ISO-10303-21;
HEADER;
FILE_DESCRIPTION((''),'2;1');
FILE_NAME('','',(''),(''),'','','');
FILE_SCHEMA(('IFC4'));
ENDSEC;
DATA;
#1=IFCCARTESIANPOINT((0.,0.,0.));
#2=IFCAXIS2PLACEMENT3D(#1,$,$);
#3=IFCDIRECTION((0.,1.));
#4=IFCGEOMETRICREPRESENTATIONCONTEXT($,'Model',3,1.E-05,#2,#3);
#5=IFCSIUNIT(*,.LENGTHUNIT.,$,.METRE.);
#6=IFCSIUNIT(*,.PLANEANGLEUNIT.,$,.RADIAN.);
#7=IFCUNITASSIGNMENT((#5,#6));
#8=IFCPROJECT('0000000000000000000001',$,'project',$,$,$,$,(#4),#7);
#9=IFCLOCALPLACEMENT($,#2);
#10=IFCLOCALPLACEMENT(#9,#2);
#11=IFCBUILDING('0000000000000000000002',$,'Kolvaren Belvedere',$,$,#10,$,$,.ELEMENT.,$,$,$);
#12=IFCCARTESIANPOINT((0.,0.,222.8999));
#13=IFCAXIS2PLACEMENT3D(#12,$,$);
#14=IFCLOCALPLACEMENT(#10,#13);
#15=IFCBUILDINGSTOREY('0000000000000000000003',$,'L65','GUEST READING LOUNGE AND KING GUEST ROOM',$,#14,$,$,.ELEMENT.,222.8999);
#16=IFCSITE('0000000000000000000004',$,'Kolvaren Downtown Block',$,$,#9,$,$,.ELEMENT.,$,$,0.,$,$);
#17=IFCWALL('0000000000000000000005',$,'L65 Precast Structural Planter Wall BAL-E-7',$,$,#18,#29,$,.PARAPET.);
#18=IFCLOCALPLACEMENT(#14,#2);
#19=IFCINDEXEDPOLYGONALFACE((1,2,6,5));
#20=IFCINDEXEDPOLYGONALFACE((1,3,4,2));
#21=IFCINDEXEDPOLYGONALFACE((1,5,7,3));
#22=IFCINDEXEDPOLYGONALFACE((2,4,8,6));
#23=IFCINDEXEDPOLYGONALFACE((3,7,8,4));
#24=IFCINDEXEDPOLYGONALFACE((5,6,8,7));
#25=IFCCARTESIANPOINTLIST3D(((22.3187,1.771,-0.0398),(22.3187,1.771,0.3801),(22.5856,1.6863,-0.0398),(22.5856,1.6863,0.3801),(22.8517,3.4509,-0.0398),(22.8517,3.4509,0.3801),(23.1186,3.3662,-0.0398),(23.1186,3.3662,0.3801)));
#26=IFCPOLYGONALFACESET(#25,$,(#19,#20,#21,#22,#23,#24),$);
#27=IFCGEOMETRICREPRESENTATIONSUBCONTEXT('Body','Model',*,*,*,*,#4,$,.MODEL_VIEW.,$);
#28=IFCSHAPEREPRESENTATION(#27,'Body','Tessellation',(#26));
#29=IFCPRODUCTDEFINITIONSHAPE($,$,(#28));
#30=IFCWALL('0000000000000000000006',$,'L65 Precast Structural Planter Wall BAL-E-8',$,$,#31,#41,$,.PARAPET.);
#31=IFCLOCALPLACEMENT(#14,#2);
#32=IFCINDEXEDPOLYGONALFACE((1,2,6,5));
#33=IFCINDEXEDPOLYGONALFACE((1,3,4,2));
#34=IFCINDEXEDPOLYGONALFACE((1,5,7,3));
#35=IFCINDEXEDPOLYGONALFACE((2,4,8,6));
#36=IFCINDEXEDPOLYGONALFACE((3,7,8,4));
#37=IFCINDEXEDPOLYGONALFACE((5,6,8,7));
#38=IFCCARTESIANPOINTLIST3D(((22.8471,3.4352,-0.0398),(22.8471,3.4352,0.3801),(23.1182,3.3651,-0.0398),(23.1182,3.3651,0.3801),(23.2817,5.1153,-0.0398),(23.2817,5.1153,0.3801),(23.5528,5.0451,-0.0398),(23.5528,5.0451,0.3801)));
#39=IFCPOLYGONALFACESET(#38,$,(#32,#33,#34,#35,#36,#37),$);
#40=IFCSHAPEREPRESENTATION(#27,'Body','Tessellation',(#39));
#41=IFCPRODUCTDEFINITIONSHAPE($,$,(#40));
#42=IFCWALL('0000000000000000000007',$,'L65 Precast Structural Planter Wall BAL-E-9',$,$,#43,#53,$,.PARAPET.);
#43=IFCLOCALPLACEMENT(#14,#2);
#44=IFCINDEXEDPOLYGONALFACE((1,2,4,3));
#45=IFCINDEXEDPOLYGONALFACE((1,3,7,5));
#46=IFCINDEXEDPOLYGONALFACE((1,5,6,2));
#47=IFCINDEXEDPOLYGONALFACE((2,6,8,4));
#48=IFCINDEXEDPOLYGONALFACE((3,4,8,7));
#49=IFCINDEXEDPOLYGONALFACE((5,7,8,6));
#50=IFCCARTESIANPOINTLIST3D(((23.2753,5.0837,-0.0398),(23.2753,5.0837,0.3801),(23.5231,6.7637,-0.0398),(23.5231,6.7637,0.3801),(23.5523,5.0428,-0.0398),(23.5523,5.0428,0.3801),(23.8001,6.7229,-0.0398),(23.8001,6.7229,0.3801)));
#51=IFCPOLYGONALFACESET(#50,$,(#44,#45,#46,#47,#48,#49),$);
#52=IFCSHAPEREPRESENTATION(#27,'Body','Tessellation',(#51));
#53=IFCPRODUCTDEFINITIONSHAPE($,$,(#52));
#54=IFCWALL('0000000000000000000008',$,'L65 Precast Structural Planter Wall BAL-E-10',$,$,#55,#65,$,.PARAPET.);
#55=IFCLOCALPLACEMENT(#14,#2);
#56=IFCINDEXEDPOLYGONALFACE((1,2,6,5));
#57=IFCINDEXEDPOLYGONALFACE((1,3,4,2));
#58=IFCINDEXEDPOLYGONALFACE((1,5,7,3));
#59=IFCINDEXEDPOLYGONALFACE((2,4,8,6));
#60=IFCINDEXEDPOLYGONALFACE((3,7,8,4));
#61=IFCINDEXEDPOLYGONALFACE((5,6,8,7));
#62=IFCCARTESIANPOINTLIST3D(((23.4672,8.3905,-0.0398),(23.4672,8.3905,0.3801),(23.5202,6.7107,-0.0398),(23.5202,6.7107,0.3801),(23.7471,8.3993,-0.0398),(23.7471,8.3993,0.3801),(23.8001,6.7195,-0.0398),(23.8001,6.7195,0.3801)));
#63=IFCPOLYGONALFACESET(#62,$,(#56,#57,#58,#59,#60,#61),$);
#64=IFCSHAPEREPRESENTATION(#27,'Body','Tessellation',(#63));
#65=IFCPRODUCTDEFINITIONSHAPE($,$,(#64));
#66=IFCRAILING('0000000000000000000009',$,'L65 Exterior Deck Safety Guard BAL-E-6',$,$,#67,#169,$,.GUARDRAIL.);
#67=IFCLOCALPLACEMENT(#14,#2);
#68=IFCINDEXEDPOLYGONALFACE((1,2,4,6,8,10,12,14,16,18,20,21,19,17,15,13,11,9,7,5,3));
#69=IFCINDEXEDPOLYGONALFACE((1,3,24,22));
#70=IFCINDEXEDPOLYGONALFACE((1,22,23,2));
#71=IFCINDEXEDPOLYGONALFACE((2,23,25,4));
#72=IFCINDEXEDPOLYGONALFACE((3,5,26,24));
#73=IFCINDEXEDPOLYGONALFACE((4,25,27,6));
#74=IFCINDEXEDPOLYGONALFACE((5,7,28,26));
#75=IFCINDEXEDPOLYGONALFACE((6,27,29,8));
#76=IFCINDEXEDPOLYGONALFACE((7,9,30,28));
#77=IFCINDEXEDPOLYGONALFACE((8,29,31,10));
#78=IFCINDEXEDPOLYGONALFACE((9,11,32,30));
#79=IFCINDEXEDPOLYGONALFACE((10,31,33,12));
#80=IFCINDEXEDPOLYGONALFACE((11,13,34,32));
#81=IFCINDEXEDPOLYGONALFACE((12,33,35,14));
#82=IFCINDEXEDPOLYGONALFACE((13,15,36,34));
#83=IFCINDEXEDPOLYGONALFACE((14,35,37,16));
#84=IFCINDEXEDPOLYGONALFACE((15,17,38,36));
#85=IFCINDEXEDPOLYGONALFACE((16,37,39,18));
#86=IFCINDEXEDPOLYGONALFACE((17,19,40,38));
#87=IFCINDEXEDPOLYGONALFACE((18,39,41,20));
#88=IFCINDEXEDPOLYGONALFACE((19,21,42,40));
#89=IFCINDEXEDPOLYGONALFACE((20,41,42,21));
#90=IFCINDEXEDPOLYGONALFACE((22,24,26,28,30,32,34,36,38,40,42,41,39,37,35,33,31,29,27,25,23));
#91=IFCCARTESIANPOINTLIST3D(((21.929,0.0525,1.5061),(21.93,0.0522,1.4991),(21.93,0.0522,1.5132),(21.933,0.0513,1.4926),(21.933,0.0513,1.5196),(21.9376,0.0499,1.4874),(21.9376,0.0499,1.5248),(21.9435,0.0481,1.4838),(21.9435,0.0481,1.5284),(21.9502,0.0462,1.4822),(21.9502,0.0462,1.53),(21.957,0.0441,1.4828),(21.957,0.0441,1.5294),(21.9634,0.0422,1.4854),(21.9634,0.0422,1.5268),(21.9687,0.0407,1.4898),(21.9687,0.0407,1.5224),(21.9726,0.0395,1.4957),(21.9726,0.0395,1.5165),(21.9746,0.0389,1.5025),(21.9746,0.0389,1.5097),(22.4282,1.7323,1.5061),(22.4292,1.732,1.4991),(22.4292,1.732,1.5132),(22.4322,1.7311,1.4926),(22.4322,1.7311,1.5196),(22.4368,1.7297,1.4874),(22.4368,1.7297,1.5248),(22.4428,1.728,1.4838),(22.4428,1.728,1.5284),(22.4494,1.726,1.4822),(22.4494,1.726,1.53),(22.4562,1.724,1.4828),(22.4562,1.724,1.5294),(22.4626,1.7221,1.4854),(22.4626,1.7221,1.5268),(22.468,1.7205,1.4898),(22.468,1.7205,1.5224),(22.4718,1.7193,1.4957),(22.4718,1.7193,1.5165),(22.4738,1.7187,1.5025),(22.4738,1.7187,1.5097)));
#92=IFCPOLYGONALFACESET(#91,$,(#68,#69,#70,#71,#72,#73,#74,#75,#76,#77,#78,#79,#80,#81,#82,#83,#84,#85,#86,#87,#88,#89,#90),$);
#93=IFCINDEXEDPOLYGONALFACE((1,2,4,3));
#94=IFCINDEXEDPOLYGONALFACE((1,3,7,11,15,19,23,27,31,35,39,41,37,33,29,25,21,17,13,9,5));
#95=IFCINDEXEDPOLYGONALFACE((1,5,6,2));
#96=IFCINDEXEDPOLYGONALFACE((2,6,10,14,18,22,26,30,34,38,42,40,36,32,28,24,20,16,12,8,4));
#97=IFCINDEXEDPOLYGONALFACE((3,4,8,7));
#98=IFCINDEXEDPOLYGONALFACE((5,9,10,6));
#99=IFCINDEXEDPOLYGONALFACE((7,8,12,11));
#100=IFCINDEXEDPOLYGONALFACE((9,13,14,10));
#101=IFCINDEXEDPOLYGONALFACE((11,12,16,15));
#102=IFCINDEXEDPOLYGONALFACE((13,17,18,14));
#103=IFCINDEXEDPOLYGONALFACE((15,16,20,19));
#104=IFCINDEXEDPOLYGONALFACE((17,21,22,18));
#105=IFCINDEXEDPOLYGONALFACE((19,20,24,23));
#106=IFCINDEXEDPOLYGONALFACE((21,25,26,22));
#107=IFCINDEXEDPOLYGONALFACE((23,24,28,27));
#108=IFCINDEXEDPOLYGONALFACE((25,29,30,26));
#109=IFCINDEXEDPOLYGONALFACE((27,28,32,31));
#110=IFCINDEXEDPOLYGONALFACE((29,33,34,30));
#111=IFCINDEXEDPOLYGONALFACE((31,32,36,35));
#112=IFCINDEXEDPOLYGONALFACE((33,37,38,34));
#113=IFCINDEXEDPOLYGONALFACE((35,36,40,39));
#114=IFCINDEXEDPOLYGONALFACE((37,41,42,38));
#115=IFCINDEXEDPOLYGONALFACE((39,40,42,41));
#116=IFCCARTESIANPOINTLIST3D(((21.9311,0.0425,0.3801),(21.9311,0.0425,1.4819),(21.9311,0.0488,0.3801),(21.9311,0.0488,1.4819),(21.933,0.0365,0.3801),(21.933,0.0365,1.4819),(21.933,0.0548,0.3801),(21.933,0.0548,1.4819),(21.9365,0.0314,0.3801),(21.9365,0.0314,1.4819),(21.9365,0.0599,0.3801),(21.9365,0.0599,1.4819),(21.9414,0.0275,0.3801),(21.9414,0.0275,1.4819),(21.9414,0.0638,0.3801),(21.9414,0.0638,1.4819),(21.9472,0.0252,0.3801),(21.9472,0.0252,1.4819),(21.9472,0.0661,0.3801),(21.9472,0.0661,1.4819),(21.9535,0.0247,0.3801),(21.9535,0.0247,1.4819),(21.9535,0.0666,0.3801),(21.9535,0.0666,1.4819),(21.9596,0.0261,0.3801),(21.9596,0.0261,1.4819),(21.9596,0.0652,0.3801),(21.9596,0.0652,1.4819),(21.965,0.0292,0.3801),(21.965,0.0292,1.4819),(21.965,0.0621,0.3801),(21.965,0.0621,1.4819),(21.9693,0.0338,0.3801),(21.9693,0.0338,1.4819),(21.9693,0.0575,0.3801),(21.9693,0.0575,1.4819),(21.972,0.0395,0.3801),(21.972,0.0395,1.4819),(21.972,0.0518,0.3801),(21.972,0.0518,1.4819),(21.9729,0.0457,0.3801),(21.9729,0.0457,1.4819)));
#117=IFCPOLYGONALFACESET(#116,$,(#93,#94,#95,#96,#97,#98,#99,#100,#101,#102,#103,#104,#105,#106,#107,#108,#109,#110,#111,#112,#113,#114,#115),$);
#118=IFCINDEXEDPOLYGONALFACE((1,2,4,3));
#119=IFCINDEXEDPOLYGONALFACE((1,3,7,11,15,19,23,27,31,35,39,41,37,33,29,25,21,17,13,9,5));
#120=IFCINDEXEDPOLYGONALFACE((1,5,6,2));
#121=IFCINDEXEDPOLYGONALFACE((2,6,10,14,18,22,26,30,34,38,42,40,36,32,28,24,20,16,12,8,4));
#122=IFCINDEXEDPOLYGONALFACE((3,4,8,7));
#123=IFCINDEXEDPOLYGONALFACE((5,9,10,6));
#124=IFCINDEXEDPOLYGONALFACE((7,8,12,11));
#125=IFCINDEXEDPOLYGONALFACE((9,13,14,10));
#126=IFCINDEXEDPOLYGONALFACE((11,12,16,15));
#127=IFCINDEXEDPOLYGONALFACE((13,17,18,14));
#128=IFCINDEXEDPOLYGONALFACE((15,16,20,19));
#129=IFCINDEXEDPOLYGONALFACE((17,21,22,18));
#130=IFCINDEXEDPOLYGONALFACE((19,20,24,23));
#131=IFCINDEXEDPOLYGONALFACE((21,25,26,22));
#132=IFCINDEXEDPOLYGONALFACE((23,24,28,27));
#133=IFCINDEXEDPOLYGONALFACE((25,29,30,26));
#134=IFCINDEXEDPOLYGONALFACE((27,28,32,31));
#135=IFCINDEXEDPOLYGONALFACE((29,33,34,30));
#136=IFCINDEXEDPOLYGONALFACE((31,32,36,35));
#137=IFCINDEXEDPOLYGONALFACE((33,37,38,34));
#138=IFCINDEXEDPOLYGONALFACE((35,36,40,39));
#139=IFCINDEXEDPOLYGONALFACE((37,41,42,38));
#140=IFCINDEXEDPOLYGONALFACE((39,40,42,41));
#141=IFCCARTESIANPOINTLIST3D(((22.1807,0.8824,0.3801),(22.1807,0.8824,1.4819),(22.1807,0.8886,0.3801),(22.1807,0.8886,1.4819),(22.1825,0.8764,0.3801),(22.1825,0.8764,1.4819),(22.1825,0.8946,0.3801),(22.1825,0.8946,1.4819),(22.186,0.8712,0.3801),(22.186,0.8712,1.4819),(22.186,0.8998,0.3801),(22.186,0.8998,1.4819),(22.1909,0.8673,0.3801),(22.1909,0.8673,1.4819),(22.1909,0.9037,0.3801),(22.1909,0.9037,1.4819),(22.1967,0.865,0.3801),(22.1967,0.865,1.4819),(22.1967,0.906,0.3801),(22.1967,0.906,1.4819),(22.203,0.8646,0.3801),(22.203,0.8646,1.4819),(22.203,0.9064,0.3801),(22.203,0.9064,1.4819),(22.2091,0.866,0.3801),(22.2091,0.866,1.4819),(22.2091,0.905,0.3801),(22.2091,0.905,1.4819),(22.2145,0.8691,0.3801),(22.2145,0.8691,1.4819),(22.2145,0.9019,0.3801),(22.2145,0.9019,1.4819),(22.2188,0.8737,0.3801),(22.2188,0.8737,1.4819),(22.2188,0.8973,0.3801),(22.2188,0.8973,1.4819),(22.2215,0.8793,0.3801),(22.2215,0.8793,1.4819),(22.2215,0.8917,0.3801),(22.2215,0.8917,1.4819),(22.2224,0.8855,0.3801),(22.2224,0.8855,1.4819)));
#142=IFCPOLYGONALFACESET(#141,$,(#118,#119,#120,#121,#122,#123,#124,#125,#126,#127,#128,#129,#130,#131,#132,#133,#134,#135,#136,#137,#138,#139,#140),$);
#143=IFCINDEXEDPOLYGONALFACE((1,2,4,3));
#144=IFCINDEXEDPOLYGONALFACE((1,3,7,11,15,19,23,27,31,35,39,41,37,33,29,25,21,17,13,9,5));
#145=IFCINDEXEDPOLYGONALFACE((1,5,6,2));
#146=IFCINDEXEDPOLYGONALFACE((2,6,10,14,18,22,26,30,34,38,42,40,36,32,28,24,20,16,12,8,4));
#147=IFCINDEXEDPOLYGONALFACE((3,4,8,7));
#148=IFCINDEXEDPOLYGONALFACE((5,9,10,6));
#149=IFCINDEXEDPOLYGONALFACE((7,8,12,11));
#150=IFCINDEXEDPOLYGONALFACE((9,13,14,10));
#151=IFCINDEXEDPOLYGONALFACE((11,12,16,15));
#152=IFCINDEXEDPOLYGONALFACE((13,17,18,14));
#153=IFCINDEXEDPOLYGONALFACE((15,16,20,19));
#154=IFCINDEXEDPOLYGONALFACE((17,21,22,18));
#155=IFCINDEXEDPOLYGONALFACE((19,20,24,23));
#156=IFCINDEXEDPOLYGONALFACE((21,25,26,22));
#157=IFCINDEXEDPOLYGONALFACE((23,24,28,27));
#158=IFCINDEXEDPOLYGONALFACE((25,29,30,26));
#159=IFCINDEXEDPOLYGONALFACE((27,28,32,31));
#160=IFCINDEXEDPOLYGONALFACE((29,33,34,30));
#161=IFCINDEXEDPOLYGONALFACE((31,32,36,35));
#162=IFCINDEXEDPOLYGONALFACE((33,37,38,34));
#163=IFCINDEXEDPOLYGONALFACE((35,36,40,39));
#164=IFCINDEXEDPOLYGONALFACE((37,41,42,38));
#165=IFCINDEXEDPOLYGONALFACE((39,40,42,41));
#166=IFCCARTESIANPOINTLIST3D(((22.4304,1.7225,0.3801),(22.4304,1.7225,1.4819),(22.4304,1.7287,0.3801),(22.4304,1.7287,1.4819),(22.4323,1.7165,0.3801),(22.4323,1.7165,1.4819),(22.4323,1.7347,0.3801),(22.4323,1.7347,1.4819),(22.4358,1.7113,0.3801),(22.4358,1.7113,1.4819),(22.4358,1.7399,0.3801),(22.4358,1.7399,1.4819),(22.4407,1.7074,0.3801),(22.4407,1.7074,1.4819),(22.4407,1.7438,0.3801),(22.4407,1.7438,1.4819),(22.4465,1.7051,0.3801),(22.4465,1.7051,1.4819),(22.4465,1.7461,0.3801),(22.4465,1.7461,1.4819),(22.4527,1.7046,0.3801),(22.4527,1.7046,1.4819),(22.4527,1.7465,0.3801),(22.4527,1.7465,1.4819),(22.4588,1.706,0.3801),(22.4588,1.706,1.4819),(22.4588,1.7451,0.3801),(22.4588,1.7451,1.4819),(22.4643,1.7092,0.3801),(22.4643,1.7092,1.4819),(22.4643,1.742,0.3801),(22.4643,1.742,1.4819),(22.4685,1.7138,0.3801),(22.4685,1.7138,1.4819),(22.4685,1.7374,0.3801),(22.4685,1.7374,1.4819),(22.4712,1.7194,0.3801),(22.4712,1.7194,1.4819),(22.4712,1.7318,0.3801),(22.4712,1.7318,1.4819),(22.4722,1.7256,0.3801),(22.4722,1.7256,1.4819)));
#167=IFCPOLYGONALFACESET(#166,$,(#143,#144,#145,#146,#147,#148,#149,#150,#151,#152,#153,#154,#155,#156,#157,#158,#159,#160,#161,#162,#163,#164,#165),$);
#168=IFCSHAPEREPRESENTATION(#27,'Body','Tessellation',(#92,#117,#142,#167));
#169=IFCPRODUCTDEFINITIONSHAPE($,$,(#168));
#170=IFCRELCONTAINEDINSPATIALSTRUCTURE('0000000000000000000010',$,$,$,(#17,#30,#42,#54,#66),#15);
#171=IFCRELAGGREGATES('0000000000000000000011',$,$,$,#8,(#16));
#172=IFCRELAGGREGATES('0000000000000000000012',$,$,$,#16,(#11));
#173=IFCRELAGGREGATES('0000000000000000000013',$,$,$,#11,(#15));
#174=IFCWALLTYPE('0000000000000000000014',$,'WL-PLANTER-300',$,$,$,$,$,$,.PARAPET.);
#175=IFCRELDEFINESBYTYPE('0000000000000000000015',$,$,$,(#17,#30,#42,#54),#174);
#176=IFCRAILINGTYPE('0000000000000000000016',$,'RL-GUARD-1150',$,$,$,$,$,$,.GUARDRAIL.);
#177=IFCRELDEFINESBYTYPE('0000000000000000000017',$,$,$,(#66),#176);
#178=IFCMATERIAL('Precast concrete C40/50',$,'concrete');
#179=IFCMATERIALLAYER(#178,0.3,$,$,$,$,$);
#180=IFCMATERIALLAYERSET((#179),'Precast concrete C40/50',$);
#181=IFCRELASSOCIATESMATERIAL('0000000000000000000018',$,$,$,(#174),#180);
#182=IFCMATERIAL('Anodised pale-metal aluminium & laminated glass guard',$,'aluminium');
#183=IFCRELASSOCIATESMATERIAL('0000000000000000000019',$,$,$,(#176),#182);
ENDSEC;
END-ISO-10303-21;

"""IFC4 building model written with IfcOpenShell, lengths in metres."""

from ifc_helpers import new_model, si_unit, direction, frame, frame_2d, origin, origin_2d, place, context, subcontext, project, spatial, rectangle, circle, extrude, material, layer, layer_set, type_object, element, save


model = new_model("IFC4")

# Units and contexts
model_context = context("Model", 3, precision=1e-05, world=origin(), true_north=direction((0.0, 1.0)))
body_context = subcontext(model_context, "Body", "Model", "MODEL_VIEW")
ifc_project = project(units=[si_unit("LENGTHUNIT", "METRE"), si_unit("PLANEANGLEUNIT", "RADIAN")], contexts=[model_context])

# Site, building, storey
site_placement = place(None, origin())
site = spatial("IfcSite", under=ifc_project, at=site_placement, Name="Kolvaren Downtown Block", CompositionType="ELEMENT", RefElevation=0.0)
building_placement = place(site_placement, origin())
building = spatial("IfcBuilding", under=site, at=building_placement, Name="Kolvaren Belvedere", CompositionType="ELEMENT")
storey_placement = place(building_placement, frame((0.0, 0.0, 222.8999)))
storey = spatial("IfcBuildingStorey", under=building, at=storey_placement, Name="L65", Description="GUEST READING LOUNGE AND KING GUEST ROOM", CompositionType="ELEMENT", Elevation=222.8999)

# Walls
ifc_material_1 = material(Name="Precast concrete C40/50", Category="concrete")
ifc_layer_1 = layer(ifc_material_1, 0.3)
ifc_layer_set_1 = layer_set([ifc_layer_1], Name="Precast concrete C40/50")
wall_type_1 = type_object("IfcWallType", Name="WL-PLANTER-300", PredefinedType="PARAPET", material=ifc_layer_set_1)
wall_1_placement = place(storey_placement, frame((22.4521, 1.7285, -0.0398), z_axis=(0.0, 0.0, 1.0), x_axis=(0.302397, 0.953182, 0.0)))
element("IfcWall", 1, at=wall_1_placement, inside=storey, type_object=wall_type_1, Name="L65 Precast Structural Planter Wall BAL-E-7", PredefinedType="PARAPET", context=body_context, shape_type="SweptSolid", body=[
    extrude(rectangle(XDim=1.7625, YDim=0.28, at=frame_2d((0.8813, 0.0))), origin(), (0.0, 0.0, 1.0), 0.4199),
])
wall_2_placement = place(storey_placement, frame((22.9827, 3.4001, -0.0398), z_axis=(0.0, 0.0, 1.0), x_axis=(0.25044, 0.968132, 0.0)))
element("IfcWall", 2, at=wall_2_placement, inside=storey, type_object=wall_type_1, Name="L65 Precast Structural Planter Wall BAL-E-8", PredefinedType="PARAPET", context=body_context, shape_type="SweptSolid", body=[
    extrude(rectangle(XDim=1.7354, YDim=0.28, at=frame_2d((0.8677, 0.0))), origin(), (0.0, 0.0, 1.0), 0.4199),
])
wall_3_placement = place(storey_placement, frame((23.4138, 5.0632, -0.0398), z_axis=(0.0, 0.0, 1.0), x_axis=(0.145908, 0.989298, 0.0)))
element("IfcWall", 3, at=wall_3_placement, inside=storey, type_object=wall_type_1, Name="L65 Precast Structural Planter Wall BAL-E-9", PredefinedType="PARAPET", context=body_context, shape_type="SweptSolid", body=[
    extrude(rectangle(XDim=1.6982, YDim=0.28, at=frame_2d((0.8491, 0.0))), origin(), (0.0, 0.0, 1.0), 0.4199),
])
wall_4_placement = place(storey_placement, frame((23.6602, 6.7151, -0.0398), z_axis=(0.0, 0.0, 1.0), x_axis=(-0.03152, 0.999503, 0.0)))
element("IfcWall", 4, at=wall_4_placement, inside=storey, type_object=wall_type_1, Name="L65 Precast Structural Planter Wall BAL-E-10", PredefinedType="PARAPET", context=body_context, shape_type="SweptSolid", body=[
    extrude(rectangle(XDim=1.6807, YDim=0.28, at=frame_2d((0.8403, 0.0))), origin(), (0.0, 0.0, 1.0), 0.4199),
])

# Railing
ifc_material_2 = material(Name="Anodised pale-metal aluminium & laminated glass guard", Category="aluminium")
railing_type = type_object("IfcRailingType", Name="RL-GUARD-1150", PredefinedType="GUARDRAIL", material=ifc_material_2)
railing_1_placement = place(storey_placement, frame((21.9519, 0.0457, 0.3801)))
element("IfcRailing", 5, at=railing_1_placement, inside=storey, type_object=railing_type, Name="L65 Exterior Deck Safety Guard BAL-E-6", PredefinedType="GUARDRAIL", context=body_context, shape_type="SweptSolid", body=[
    extrude(circle(Radius=0.0239, at=origin_2d()), frame((0.0, 0.0, 1.126), z_axis=(0.28488, 0.958563, 0.0), x_axis=(-0.958563, 0.28488, 0.0)), (0.0, 0.0, 1.0), 1.7524),
    extrude(circle(Radius=0.021, at=origin_2d()), origin(), (0.0, 0.0, 1.0), 1.1018),
    extrude(circle(Radius=0.021, at=origin_2d()), frame((0.2495, 0.8398, 0.0)), (0.0, 0.0, 1.0), 1.1018),
    extrude(circle(Radius=0.021, at=origin_2d()), frame((0.4993, 1.6799, 0.0)), (0.0, 0.0, 1.0), 1.1018),
])

save(model, "model.ifc")
